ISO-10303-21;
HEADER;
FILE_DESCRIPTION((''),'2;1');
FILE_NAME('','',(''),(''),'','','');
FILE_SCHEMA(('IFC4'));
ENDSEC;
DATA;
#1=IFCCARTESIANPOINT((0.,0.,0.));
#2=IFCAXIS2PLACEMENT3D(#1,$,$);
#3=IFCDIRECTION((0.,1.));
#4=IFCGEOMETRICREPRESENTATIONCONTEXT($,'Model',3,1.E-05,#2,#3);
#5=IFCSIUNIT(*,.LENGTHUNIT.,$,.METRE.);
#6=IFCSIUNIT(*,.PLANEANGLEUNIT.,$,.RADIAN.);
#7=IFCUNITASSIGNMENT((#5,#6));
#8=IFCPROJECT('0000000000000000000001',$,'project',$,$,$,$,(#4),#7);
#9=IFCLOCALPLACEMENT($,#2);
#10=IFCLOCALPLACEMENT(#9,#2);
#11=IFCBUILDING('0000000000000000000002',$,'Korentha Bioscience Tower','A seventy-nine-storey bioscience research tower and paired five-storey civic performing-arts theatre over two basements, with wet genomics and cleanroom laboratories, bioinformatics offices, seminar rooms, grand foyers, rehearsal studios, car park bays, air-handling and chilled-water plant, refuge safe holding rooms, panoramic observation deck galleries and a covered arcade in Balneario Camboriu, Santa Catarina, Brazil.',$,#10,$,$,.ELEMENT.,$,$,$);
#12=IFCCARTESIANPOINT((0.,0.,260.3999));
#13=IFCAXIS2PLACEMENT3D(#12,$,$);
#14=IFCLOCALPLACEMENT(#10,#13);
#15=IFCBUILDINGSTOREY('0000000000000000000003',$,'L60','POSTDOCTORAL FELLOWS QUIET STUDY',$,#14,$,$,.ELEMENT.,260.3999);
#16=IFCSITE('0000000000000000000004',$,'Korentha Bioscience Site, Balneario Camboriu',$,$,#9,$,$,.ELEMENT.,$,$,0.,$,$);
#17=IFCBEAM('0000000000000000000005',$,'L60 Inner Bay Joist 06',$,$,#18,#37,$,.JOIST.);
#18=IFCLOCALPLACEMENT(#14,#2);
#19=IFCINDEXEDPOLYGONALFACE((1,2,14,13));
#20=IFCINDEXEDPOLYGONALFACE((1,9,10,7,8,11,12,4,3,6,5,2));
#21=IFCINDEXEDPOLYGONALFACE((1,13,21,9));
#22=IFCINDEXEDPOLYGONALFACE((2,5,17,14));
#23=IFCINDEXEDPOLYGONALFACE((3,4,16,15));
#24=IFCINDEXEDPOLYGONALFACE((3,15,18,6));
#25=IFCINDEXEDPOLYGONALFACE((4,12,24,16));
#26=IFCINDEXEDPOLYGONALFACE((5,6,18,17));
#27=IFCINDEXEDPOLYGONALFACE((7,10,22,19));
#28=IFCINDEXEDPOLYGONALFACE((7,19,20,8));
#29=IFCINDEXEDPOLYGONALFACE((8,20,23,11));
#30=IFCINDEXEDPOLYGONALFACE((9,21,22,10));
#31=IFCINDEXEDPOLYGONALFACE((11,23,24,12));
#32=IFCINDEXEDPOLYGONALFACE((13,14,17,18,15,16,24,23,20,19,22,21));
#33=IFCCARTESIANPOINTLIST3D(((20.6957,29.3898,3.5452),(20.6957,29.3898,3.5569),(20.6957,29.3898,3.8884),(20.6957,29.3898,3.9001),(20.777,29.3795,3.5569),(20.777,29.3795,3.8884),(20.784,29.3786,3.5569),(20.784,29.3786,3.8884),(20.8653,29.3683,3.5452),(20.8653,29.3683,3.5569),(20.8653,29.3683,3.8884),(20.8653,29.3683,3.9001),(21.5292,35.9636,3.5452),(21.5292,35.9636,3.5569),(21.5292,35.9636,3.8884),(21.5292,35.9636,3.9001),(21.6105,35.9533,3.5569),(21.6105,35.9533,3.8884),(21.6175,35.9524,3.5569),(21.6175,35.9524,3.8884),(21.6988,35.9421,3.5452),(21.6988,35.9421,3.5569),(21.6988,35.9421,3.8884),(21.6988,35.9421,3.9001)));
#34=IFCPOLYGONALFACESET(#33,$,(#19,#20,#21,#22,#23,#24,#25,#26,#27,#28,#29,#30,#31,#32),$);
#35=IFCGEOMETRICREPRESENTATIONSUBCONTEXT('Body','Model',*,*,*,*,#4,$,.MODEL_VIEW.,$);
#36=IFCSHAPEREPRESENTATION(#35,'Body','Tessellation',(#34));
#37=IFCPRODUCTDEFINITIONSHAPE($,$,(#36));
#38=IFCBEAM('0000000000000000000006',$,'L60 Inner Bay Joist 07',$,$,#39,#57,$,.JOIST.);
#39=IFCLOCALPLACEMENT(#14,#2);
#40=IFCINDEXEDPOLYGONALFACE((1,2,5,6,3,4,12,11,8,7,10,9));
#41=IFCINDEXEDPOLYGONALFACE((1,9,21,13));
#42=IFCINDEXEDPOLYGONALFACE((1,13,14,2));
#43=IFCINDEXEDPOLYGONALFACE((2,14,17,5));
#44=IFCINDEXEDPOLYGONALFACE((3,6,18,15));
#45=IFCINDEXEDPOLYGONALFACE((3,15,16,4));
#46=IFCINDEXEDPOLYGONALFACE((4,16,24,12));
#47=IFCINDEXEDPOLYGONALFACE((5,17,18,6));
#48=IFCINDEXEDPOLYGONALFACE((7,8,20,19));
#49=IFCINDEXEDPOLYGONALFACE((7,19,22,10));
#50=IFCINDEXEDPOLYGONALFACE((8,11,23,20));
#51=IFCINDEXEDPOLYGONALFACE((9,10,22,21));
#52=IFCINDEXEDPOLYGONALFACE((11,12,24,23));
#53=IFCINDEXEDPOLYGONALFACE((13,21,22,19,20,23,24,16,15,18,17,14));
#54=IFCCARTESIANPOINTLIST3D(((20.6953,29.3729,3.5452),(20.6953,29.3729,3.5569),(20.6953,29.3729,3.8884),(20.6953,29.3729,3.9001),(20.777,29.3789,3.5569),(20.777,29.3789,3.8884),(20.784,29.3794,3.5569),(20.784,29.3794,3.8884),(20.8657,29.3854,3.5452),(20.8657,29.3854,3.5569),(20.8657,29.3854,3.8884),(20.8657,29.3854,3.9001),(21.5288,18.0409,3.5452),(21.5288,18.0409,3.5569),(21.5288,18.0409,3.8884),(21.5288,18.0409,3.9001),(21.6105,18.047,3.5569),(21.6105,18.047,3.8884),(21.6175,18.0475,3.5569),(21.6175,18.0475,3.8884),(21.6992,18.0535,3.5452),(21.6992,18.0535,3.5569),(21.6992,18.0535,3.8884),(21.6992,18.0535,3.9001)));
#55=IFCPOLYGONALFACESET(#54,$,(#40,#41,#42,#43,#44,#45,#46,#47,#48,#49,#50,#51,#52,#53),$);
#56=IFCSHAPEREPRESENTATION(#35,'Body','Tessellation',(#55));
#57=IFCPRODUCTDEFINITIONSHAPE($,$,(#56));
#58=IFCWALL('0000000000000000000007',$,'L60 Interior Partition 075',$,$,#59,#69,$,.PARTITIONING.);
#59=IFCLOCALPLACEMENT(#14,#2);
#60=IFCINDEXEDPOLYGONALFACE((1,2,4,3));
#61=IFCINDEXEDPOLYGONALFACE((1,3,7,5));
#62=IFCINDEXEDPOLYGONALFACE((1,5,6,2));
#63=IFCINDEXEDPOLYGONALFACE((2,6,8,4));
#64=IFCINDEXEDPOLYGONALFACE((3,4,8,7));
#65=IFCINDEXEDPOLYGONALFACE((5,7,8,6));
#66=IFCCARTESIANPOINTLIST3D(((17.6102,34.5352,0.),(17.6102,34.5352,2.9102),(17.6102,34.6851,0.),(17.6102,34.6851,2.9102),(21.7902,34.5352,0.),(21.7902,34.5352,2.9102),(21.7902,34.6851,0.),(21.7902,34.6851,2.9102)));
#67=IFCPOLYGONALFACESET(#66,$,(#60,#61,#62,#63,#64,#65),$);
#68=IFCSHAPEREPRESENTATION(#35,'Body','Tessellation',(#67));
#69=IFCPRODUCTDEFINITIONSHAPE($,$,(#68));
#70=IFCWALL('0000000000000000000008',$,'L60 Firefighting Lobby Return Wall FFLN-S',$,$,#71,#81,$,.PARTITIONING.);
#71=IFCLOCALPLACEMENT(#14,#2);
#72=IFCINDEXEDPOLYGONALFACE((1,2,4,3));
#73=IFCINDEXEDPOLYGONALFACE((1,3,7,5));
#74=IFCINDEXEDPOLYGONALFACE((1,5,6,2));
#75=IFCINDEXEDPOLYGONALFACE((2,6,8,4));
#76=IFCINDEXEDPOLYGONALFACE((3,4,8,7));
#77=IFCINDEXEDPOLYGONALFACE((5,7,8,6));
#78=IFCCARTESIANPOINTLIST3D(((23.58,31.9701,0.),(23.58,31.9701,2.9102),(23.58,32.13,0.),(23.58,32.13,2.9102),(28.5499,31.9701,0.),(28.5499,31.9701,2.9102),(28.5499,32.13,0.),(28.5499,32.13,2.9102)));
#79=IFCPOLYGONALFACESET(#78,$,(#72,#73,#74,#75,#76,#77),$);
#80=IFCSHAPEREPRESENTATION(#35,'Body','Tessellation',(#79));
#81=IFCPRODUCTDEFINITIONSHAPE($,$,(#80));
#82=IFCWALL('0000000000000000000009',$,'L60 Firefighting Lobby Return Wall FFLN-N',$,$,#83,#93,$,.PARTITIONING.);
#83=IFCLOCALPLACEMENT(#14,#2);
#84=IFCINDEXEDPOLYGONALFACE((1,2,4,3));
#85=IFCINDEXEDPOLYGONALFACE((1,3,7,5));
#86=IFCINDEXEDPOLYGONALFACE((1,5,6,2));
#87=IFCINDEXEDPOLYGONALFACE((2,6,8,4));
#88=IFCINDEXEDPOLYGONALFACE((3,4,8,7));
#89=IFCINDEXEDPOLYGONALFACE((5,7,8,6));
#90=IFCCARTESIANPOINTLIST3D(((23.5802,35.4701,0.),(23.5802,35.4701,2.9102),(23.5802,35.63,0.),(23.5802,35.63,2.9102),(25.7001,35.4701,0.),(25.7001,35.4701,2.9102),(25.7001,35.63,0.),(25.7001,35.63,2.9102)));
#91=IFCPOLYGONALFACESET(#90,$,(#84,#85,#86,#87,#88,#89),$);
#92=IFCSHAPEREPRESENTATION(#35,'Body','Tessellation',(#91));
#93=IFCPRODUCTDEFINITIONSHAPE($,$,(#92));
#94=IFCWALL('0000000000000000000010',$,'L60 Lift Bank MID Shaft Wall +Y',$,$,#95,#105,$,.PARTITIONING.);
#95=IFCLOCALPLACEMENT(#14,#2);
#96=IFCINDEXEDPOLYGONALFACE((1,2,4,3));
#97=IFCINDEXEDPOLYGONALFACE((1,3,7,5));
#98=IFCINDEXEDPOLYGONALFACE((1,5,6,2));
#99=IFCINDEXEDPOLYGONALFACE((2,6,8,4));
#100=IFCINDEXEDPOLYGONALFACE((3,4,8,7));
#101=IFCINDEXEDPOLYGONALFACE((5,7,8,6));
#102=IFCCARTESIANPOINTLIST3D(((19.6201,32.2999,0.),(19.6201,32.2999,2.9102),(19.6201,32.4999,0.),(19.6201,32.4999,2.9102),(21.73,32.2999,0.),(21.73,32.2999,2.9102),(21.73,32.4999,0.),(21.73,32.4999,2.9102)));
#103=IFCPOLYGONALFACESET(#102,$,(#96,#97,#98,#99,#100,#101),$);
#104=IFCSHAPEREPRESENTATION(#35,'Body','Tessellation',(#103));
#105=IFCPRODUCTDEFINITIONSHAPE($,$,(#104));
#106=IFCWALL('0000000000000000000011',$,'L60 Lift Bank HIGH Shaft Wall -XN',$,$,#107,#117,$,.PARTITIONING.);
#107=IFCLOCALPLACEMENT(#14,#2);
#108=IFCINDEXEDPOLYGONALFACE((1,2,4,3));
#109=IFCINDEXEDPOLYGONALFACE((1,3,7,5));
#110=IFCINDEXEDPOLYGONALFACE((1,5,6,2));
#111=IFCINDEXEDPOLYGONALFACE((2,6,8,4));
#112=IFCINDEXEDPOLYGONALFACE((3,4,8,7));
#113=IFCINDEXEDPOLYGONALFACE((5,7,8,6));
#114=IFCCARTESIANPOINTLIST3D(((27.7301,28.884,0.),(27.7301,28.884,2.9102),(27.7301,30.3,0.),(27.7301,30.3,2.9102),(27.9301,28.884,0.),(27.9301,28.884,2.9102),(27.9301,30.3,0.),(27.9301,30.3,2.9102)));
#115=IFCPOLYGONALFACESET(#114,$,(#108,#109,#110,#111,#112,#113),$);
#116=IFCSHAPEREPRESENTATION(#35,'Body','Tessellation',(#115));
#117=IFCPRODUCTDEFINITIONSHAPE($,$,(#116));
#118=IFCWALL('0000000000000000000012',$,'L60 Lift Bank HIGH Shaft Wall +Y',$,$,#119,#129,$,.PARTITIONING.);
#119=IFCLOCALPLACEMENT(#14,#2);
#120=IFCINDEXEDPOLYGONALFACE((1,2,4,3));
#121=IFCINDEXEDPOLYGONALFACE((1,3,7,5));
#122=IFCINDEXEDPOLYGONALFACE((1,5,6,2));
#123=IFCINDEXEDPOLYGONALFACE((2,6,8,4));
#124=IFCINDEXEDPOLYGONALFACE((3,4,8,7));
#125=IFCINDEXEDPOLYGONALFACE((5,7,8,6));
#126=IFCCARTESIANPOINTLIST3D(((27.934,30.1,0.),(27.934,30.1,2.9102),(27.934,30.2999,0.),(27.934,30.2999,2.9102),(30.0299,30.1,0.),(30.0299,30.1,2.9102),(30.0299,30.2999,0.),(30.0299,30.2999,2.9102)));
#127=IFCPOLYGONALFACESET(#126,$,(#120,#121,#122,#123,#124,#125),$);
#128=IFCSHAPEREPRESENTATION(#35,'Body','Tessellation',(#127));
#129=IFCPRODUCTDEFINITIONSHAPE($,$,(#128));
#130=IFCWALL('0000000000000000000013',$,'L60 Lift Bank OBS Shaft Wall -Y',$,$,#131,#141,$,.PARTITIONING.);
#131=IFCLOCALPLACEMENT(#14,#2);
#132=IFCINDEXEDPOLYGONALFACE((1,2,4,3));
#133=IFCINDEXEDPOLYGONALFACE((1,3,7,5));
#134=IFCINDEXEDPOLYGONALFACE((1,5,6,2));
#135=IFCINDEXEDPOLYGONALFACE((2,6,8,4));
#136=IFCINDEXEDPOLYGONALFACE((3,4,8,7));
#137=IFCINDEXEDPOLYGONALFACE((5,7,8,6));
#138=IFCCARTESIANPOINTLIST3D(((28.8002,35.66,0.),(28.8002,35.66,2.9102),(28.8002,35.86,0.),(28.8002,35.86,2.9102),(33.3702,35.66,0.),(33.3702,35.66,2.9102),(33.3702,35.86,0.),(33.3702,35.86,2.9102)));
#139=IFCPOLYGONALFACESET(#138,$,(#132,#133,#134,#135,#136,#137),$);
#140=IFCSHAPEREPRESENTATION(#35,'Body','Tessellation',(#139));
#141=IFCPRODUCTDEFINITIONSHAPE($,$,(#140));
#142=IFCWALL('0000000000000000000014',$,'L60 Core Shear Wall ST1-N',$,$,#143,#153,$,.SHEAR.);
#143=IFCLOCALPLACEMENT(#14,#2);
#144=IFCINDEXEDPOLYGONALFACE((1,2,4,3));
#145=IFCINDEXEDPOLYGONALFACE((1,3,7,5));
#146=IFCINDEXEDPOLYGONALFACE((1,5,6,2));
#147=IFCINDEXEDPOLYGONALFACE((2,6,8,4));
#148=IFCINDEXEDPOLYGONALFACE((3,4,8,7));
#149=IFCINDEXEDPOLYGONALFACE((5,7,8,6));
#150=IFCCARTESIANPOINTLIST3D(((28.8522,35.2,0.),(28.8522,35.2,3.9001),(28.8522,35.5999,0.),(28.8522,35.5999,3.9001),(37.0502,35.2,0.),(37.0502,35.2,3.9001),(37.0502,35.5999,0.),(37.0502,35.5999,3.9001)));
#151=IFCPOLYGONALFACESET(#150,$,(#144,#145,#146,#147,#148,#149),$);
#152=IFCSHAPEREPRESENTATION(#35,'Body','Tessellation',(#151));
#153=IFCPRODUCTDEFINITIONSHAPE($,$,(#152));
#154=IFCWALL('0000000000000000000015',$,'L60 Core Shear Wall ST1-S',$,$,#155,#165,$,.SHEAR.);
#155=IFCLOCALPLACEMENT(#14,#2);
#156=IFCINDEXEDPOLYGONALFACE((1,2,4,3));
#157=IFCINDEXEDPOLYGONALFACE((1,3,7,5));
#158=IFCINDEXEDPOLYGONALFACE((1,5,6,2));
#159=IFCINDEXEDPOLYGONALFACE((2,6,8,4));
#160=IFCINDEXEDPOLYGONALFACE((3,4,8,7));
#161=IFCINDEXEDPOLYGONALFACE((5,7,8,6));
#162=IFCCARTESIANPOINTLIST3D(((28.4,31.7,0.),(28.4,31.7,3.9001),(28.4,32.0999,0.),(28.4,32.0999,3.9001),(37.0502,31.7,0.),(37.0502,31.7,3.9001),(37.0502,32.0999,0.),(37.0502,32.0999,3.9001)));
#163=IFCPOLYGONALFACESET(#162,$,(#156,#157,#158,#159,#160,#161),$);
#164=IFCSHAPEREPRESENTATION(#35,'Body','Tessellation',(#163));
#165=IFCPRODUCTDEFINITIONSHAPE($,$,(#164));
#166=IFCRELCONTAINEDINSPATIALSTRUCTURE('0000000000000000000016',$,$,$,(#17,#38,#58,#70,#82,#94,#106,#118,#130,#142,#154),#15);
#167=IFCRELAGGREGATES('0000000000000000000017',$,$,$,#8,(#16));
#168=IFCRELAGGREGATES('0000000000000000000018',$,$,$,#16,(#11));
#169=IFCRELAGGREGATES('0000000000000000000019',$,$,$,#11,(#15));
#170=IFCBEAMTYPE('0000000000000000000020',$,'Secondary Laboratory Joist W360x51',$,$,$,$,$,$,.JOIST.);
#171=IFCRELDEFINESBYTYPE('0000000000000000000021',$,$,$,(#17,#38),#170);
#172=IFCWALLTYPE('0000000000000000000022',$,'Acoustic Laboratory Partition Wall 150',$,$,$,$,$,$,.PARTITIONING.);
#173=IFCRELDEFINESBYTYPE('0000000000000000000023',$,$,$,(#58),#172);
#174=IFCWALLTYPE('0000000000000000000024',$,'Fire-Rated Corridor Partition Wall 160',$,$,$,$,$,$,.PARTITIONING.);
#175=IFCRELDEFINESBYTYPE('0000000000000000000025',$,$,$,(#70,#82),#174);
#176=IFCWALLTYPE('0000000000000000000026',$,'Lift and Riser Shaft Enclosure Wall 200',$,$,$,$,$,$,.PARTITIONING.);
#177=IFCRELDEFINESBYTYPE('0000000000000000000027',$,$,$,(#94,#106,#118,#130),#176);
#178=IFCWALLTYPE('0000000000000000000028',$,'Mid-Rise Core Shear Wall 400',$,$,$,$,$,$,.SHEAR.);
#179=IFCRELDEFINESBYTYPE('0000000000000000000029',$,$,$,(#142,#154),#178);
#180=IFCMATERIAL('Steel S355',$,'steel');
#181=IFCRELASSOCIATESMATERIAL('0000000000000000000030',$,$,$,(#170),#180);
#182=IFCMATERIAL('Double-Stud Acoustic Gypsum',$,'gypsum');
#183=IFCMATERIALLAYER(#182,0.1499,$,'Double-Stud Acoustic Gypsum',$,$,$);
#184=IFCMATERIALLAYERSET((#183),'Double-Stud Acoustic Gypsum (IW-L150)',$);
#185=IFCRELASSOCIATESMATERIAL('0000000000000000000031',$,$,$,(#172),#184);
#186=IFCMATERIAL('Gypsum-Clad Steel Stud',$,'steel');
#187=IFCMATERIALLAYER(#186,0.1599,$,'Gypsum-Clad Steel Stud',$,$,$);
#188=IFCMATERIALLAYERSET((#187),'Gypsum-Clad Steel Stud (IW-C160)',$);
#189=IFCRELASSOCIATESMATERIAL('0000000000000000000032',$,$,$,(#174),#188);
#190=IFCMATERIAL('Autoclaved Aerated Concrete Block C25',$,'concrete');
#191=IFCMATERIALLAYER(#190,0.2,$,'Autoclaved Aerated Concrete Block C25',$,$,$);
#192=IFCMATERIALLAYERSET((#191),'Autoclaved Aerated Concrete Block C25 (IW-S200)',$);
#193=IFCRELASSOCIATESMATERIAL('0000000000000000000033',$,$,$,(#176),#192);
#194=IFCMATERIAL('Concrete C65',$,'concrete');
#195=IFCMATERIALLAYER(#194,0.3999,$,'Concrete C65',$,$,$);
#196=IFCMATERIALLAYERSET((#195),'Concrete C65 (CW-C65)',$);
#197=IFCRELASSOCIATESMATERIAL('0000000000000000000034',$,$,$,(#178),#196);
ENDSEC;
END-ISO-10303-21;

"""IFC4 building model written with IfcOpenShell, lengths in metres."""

from ifc_helpers import new_model, si_unit, direction, frame, frame_2d, origin, origin_2d, place, context, subcontext, project, spatial, rectangle, i_section, extrude, material, layer, layer_set, material_profile, profile_set, type_object, element, save


model = new_model("IFC4")

# Units and contexts
model_context = context("Model", 3, precision=1e-05, world=origin(), true_north=direction((0.0, 1.0)))
body_context = subcontext(model_context, "Body", "Model", "MODEL_VIEW")
ifc_project = project(units=[si_unit("LENGTHUNIT", "METRE"), si_unit("PLANEANGLEUNIT", "RADIAN")], contexts=[model_context])

# Site, building, storey
site_placement = place(None, origin())
site = spatial("IfcSite", under=ifc_project, at=site_placement, Name="Korentha Bioscience Site, Balneario Camboriu", CompositionType="ELEMENT", RefElevation=0.0)
building_placement = place(site_placement, origin())
building = spatial("IfcBuilding", under=site, at=building_placement, Name="Korentha Bioscience Tower", Description="A seventy-nine-storey bioscience research tower and paired five-storey civic performing-arts theatre over two basements, with wet genomics and cleanroom laboratories, bioinformatics offices, seminar rooms, grand foyers, rehearsal studios, car park bays, air-handling and chilled-water plant, refuge safe holding rooms, panoramic observation deck galleries and a covered arcade in Balneario Camboriu, Santa Catarina, Brazil.", CompositionType="ELEMENT")
storey_placement = place(building_placement, frame((0.0, 0.0, 260.3999)))
storey = spatial("IfcBuildingStorey", under=building, at=storey_placement, Name="L60", Description="POSTDOCTORAL FELLOWS QUIET STUDY", CompositionType="ELEMENT", Elevation=260.3999)

# Shared definitions
ifc_material_1 = material(Name="Concrete C65", Category="concrete")

# Beams
ifc_material_2 = material(Name="Steel S355", Category="steel")
ifc_material_profile_1 = material_profile(ifc_material_2, i_section(OverallWidth=0.1709, OverallDepth=0.355, WebThickness=0.0071, FlangeThickness=0.0117, at=origin_2d()), Name="Steel S355")
ifc_profile_set_1 = profile_set([ifc_material_profile_1], Name="Steel S355 (JB-360)")
beam_type_1 = type_object("IfcBeamType", Name="Secondary Laboratory Joist W360x51", PredefinedType="JOIST", material=ifc_profile_set_1)
beam_1_placement = place(storey_placement, frame((21.614, 35.9529, 3.7227), z_axis=(-0.125785, -0.992058, 0.0), x_axis=(0.992058, -0.125785, 0.0)))
element("IfcBeam", 1, at=beam_1_placement, inside=storey, type_object=beam_type_1, Name="L60 Inner Bay Joist 06", PredefinedType="JOIST", context=body_context, shape_type="SweptSolid", body=[
    extrude(i_section(OverallWidth=0.1709, OverallDepth=0.355, WebThickness=0.0071, FlangeThickness=0.0117, at=origin_2d()), origin(), (0.0, 0.0, 1.0), 6.6265),
])
beam_2_placement = place(storey_placement, frame((20.7805, 29.3792, 3.7227), z_axis=(0.073354, -0.997306, 0.0), x_axis=(0.997306, 0.073354, 0.0)))
element("IfcBeam", 2, at=beam_2_placement, inside=storey, type_object=beam_type_1, Name="L60 Inner Bay Joist 07", PredefinedType="JOIST", context=body_context, shape_type="SweptSolid", body=[
    extrude(i_section(OverallWidth=0.1709, OverallDepth=0.355, WebThickness=0.0071, FlangeThickness=0.0117, at=origin_2d()), origin(), (0.0, 0.0, 1.0), 11.3625),
])

# Wall
ifc_material_3 = material(Name="Double-Stud Acoustic Gypsum", Category="gypsum")
ifc_layer_1 = layer(ifc_material_3, 0.1499, Name="Double-Stud Acoustic Gypsum")
ifc_layer_set_1 = layer_set([ifc_layer_1], Name="Double-Stud Acoustic Gypsum (IW-L150)")
wall_type_1 = type_object("IfcWallType", Name="Acoustic Laboratory Partition Wall 150", PredefinedType="PARTITIONING", material=ifc_layer_set_1)
wall_1_placement = place(storey_placement, frame((21.79, 34.6101, 0.0), z_axis=(0.0, 0.0, 1.0), x_axis=(-1.0, 0.0, 0.0)))
element("IfcWall", 3, at=wall_1_placement, inside=storey, type_object=wall_type_1, Name="L60 Interior Partition 075", PredefinedType="PARTITIONING", context=body_context, shape_type="SweptSolid", body=[
    extrude(rectangle(XDim=4.1799, YDim=0.1499, at=frame_2d((2.0898, 0.0))), origin(), (0.0, 0.0, 1.0), 2.9102),
])

# Shared definitions
ifc_material_4 = material(Name="Gypsum-Clad Steel Stud", Category="steel")
ifc_layer_2 = layer(ifc_material_4, 0.1599, Name="Gypsum-Clad Steel Stud")
ifc_layer_set_2 = layer_set([ifc_layer_2], Name="Gypsum-Clad Steel Stud (IW-C160)")
wall_type_2 = type_object("IfcWallType", Name="Fire-Rated Corridor Partition Wall 160", PredefinedType="PARTITIONING", material=ifc_layer_set_2)

# Walls
wall_2_placement = place(storey_placement, frame((23.5801, 32.05, 0.0), z_axis=(0.0, 0.0, 1.0), x_axis=(1.0, 0.0, 0.0)))
element("IfcWall", 4, at=wall_2_placement, inside=storey, type_object=wall_type_2, Name="L60 Firefighting Lobby Return Wall FFLN-S", PredefinedType="PARTITIONING", context=body_context, shape_type="SweptSolid", body=[
    extrude(rectangle(XDim=4.97, YDim=0.1599, at=frame_2d((2.4849, 0.0))), origin(), (0.0, 0.0, 1.0), 2.9102),
])
wall_3_placement = place(storey_placement, frame((23.5801, 35.55, 0.0), z_axis=(0.0, 0.0, 1.0), x_axis=(1.0, 0.0, 0.0)))
element("IfcWall", 5, at=wall_3_placement, inside=storey, type_object=wall_type_2, Name="L60 Firefighting Lobby Return Wall FFLN-N", PredefinedType="PARTITIONING", context=body_context, shape_type="SweptSolid", body=[
    extrude(rectangle(XDim=2.1199, YDim=0.1599, at=frame_2d((1.0601, 0.0))), origin(), (0.0, 0.0, 1.0), 2.9102),
])
ifc_material_5 = material(Name="Autoclaved Aerated Concrete Block C25", Category="concrete")
ifc_layer_3 = layer(ifc_material_5, 0.2, Name="Autoclaved Aerated Concrete Block C25")
ifc_layer_set_3 = layer_set([ifc_layer_3], Name="Autoclaved Aerated Concrete Block C25 (IW-S200)")
wall_type_3 = type_object("IfcWallType", Name="Lift and Riser Shaft Enclosure Wall 200", PredefinedType="PARTITIONING", material=ifc_layer_set_3)
wall_4_placement = place(storey_placement, frame((19.6201, 32.3999, 0.0), z_axis=(0.0, 0.0, 1.0), x_axis=(1.0, 0.0, 0.0)))
element("IfcWall", 6, at=wall_4_placement, inside=storey, type_object=wall_type_3, Name="L60 Lift Bank MID Shaft Wall +Y", PredefinedType="PARTITIONING", context=body_context, shape_type="SweptSolid", body=[
    extrude(rectangle(XDim=2.1099, YDim=0.2, at=frame_2d((1.0549, 0.0))), origin(), (0.0, 0.0, 1.0), 2.9102),
])
wall_5_placement = place(storey_placement, frame((27.8301, 28.884, 0.0), z_axis=(0.0, 0.0, 1.0), x_axis=(0.0, 1.0, 0.0)))
element("IfcWall", 7, at=wall_5_placement, inside=storey, type_object=wall_type_3, Name="L60 Lift Bank HIGH Shaft Wall -XN", PredefinedType="PARTITIONING", context=body_context, shape_type="SweptSolid", body=[
    extrude(rectangle(XDim=1.416, YDim=0.2, at=frame_2d((0.708, 0.0))), origin(), (0.0, 0.0, 1.0), 2.9102),
])
wall_6_placement = place(storey_placement, frame((27.9341, 30.2, 0.0), z_axis=(0.0, 0.0, 1.0), x_axis=(1.0, 0.0, 0.0)))
element("IfcWall", 8, at=wall_6_placement, inside=storey, type_object=wall_type_3, Name="L60 Lift Bank HIGH Shaft Wall +Y", PredefinedType="PARTITIONING", context=body_context, shape_type="SweptSolid", body=[
    extrude(rectangle(XDim=2.0959, YDim=0.2, at=frame_2d((1.0479, 0.0))), origin(), (0.0, 0.0, 1.0), 2.9102),
])
wall_7_placement = place(storey_placement, frame((28.8, 35.76, 0.0), z_axis=(0.0, 0.0, 1.0), x_axis=(1.0, 0.0, 0.0)))
element("IfcWall", 9, at=wall_7_placement, inside=storey, type_object=wall_type_3, Name="L60 Lift Bank OBS Shaft Wall -Y", PredefinedType="PARTITIONING", context=body_context, shape_type="SweptSolid", body=[
    extrude(rectangle(XDim=4.5701, YDim=0.2, at=frame_2d((2.2852, 0.0))), origin(), (0.0, 0.0, 1.0), 2.9102),
])
ifc_layer_4 = layer(ifc_material_1, 0.3999, Name="Concrete C65")
ifc_layer_set_4 = layer_set([ifc_layer_4], Name="Concrete C65 (CW-C65)")
wall_type_4 = type_object("IfcWallType", Name="Mid-Rise Core Shear Wall 400", PredefinedType="SHEAR", material=ifc_layer_set_4)
wall_8_placement = place(storey_placement, frame((28.8521, 35.3999, 0.0), z_axis=(0.0, 0.0, 1.0), x_axis=(1.0, 0.0, 0.0)))
element("IfcWall", 10, at=wall_8_placement, inside=storey, type_object=wall_type_4, Name="L60 Core Shear Wall ST1-N", PredefinedType="SHEAR", context=body_context, shape_type="SweptSolid", body=[
    extrude(rectangle(XDim=8.198, YDim=0.3999, at=frame_2d((4.0991, 0.0))), origin(), (0.0, 0.0, 1.0), 3.9001),
])
wall_9_placement = place(storey_placement, frame((28.3999, 31.8999, 0.0), z_axis=(0.0, 0.0, 1.0), x_axis=(1.0, 0.0, 0.0)))
element("IfcWall", 11, at=wall_9_placement, inside=storey, type_object=wall_type_4, Name="L60 Core Shear Wall ST1-S", PredefinedType="SHEAR", context=body_context, shape_type="SweptSolid", body=[
    extrude(rectangle(XDim=8.6501, YDim=0.3999, at=frame_2d((4.3252, 0.0))), origin(), (0.0, 0.0, 1.0), 3.9001),
])

save(model, "model.ifc")
